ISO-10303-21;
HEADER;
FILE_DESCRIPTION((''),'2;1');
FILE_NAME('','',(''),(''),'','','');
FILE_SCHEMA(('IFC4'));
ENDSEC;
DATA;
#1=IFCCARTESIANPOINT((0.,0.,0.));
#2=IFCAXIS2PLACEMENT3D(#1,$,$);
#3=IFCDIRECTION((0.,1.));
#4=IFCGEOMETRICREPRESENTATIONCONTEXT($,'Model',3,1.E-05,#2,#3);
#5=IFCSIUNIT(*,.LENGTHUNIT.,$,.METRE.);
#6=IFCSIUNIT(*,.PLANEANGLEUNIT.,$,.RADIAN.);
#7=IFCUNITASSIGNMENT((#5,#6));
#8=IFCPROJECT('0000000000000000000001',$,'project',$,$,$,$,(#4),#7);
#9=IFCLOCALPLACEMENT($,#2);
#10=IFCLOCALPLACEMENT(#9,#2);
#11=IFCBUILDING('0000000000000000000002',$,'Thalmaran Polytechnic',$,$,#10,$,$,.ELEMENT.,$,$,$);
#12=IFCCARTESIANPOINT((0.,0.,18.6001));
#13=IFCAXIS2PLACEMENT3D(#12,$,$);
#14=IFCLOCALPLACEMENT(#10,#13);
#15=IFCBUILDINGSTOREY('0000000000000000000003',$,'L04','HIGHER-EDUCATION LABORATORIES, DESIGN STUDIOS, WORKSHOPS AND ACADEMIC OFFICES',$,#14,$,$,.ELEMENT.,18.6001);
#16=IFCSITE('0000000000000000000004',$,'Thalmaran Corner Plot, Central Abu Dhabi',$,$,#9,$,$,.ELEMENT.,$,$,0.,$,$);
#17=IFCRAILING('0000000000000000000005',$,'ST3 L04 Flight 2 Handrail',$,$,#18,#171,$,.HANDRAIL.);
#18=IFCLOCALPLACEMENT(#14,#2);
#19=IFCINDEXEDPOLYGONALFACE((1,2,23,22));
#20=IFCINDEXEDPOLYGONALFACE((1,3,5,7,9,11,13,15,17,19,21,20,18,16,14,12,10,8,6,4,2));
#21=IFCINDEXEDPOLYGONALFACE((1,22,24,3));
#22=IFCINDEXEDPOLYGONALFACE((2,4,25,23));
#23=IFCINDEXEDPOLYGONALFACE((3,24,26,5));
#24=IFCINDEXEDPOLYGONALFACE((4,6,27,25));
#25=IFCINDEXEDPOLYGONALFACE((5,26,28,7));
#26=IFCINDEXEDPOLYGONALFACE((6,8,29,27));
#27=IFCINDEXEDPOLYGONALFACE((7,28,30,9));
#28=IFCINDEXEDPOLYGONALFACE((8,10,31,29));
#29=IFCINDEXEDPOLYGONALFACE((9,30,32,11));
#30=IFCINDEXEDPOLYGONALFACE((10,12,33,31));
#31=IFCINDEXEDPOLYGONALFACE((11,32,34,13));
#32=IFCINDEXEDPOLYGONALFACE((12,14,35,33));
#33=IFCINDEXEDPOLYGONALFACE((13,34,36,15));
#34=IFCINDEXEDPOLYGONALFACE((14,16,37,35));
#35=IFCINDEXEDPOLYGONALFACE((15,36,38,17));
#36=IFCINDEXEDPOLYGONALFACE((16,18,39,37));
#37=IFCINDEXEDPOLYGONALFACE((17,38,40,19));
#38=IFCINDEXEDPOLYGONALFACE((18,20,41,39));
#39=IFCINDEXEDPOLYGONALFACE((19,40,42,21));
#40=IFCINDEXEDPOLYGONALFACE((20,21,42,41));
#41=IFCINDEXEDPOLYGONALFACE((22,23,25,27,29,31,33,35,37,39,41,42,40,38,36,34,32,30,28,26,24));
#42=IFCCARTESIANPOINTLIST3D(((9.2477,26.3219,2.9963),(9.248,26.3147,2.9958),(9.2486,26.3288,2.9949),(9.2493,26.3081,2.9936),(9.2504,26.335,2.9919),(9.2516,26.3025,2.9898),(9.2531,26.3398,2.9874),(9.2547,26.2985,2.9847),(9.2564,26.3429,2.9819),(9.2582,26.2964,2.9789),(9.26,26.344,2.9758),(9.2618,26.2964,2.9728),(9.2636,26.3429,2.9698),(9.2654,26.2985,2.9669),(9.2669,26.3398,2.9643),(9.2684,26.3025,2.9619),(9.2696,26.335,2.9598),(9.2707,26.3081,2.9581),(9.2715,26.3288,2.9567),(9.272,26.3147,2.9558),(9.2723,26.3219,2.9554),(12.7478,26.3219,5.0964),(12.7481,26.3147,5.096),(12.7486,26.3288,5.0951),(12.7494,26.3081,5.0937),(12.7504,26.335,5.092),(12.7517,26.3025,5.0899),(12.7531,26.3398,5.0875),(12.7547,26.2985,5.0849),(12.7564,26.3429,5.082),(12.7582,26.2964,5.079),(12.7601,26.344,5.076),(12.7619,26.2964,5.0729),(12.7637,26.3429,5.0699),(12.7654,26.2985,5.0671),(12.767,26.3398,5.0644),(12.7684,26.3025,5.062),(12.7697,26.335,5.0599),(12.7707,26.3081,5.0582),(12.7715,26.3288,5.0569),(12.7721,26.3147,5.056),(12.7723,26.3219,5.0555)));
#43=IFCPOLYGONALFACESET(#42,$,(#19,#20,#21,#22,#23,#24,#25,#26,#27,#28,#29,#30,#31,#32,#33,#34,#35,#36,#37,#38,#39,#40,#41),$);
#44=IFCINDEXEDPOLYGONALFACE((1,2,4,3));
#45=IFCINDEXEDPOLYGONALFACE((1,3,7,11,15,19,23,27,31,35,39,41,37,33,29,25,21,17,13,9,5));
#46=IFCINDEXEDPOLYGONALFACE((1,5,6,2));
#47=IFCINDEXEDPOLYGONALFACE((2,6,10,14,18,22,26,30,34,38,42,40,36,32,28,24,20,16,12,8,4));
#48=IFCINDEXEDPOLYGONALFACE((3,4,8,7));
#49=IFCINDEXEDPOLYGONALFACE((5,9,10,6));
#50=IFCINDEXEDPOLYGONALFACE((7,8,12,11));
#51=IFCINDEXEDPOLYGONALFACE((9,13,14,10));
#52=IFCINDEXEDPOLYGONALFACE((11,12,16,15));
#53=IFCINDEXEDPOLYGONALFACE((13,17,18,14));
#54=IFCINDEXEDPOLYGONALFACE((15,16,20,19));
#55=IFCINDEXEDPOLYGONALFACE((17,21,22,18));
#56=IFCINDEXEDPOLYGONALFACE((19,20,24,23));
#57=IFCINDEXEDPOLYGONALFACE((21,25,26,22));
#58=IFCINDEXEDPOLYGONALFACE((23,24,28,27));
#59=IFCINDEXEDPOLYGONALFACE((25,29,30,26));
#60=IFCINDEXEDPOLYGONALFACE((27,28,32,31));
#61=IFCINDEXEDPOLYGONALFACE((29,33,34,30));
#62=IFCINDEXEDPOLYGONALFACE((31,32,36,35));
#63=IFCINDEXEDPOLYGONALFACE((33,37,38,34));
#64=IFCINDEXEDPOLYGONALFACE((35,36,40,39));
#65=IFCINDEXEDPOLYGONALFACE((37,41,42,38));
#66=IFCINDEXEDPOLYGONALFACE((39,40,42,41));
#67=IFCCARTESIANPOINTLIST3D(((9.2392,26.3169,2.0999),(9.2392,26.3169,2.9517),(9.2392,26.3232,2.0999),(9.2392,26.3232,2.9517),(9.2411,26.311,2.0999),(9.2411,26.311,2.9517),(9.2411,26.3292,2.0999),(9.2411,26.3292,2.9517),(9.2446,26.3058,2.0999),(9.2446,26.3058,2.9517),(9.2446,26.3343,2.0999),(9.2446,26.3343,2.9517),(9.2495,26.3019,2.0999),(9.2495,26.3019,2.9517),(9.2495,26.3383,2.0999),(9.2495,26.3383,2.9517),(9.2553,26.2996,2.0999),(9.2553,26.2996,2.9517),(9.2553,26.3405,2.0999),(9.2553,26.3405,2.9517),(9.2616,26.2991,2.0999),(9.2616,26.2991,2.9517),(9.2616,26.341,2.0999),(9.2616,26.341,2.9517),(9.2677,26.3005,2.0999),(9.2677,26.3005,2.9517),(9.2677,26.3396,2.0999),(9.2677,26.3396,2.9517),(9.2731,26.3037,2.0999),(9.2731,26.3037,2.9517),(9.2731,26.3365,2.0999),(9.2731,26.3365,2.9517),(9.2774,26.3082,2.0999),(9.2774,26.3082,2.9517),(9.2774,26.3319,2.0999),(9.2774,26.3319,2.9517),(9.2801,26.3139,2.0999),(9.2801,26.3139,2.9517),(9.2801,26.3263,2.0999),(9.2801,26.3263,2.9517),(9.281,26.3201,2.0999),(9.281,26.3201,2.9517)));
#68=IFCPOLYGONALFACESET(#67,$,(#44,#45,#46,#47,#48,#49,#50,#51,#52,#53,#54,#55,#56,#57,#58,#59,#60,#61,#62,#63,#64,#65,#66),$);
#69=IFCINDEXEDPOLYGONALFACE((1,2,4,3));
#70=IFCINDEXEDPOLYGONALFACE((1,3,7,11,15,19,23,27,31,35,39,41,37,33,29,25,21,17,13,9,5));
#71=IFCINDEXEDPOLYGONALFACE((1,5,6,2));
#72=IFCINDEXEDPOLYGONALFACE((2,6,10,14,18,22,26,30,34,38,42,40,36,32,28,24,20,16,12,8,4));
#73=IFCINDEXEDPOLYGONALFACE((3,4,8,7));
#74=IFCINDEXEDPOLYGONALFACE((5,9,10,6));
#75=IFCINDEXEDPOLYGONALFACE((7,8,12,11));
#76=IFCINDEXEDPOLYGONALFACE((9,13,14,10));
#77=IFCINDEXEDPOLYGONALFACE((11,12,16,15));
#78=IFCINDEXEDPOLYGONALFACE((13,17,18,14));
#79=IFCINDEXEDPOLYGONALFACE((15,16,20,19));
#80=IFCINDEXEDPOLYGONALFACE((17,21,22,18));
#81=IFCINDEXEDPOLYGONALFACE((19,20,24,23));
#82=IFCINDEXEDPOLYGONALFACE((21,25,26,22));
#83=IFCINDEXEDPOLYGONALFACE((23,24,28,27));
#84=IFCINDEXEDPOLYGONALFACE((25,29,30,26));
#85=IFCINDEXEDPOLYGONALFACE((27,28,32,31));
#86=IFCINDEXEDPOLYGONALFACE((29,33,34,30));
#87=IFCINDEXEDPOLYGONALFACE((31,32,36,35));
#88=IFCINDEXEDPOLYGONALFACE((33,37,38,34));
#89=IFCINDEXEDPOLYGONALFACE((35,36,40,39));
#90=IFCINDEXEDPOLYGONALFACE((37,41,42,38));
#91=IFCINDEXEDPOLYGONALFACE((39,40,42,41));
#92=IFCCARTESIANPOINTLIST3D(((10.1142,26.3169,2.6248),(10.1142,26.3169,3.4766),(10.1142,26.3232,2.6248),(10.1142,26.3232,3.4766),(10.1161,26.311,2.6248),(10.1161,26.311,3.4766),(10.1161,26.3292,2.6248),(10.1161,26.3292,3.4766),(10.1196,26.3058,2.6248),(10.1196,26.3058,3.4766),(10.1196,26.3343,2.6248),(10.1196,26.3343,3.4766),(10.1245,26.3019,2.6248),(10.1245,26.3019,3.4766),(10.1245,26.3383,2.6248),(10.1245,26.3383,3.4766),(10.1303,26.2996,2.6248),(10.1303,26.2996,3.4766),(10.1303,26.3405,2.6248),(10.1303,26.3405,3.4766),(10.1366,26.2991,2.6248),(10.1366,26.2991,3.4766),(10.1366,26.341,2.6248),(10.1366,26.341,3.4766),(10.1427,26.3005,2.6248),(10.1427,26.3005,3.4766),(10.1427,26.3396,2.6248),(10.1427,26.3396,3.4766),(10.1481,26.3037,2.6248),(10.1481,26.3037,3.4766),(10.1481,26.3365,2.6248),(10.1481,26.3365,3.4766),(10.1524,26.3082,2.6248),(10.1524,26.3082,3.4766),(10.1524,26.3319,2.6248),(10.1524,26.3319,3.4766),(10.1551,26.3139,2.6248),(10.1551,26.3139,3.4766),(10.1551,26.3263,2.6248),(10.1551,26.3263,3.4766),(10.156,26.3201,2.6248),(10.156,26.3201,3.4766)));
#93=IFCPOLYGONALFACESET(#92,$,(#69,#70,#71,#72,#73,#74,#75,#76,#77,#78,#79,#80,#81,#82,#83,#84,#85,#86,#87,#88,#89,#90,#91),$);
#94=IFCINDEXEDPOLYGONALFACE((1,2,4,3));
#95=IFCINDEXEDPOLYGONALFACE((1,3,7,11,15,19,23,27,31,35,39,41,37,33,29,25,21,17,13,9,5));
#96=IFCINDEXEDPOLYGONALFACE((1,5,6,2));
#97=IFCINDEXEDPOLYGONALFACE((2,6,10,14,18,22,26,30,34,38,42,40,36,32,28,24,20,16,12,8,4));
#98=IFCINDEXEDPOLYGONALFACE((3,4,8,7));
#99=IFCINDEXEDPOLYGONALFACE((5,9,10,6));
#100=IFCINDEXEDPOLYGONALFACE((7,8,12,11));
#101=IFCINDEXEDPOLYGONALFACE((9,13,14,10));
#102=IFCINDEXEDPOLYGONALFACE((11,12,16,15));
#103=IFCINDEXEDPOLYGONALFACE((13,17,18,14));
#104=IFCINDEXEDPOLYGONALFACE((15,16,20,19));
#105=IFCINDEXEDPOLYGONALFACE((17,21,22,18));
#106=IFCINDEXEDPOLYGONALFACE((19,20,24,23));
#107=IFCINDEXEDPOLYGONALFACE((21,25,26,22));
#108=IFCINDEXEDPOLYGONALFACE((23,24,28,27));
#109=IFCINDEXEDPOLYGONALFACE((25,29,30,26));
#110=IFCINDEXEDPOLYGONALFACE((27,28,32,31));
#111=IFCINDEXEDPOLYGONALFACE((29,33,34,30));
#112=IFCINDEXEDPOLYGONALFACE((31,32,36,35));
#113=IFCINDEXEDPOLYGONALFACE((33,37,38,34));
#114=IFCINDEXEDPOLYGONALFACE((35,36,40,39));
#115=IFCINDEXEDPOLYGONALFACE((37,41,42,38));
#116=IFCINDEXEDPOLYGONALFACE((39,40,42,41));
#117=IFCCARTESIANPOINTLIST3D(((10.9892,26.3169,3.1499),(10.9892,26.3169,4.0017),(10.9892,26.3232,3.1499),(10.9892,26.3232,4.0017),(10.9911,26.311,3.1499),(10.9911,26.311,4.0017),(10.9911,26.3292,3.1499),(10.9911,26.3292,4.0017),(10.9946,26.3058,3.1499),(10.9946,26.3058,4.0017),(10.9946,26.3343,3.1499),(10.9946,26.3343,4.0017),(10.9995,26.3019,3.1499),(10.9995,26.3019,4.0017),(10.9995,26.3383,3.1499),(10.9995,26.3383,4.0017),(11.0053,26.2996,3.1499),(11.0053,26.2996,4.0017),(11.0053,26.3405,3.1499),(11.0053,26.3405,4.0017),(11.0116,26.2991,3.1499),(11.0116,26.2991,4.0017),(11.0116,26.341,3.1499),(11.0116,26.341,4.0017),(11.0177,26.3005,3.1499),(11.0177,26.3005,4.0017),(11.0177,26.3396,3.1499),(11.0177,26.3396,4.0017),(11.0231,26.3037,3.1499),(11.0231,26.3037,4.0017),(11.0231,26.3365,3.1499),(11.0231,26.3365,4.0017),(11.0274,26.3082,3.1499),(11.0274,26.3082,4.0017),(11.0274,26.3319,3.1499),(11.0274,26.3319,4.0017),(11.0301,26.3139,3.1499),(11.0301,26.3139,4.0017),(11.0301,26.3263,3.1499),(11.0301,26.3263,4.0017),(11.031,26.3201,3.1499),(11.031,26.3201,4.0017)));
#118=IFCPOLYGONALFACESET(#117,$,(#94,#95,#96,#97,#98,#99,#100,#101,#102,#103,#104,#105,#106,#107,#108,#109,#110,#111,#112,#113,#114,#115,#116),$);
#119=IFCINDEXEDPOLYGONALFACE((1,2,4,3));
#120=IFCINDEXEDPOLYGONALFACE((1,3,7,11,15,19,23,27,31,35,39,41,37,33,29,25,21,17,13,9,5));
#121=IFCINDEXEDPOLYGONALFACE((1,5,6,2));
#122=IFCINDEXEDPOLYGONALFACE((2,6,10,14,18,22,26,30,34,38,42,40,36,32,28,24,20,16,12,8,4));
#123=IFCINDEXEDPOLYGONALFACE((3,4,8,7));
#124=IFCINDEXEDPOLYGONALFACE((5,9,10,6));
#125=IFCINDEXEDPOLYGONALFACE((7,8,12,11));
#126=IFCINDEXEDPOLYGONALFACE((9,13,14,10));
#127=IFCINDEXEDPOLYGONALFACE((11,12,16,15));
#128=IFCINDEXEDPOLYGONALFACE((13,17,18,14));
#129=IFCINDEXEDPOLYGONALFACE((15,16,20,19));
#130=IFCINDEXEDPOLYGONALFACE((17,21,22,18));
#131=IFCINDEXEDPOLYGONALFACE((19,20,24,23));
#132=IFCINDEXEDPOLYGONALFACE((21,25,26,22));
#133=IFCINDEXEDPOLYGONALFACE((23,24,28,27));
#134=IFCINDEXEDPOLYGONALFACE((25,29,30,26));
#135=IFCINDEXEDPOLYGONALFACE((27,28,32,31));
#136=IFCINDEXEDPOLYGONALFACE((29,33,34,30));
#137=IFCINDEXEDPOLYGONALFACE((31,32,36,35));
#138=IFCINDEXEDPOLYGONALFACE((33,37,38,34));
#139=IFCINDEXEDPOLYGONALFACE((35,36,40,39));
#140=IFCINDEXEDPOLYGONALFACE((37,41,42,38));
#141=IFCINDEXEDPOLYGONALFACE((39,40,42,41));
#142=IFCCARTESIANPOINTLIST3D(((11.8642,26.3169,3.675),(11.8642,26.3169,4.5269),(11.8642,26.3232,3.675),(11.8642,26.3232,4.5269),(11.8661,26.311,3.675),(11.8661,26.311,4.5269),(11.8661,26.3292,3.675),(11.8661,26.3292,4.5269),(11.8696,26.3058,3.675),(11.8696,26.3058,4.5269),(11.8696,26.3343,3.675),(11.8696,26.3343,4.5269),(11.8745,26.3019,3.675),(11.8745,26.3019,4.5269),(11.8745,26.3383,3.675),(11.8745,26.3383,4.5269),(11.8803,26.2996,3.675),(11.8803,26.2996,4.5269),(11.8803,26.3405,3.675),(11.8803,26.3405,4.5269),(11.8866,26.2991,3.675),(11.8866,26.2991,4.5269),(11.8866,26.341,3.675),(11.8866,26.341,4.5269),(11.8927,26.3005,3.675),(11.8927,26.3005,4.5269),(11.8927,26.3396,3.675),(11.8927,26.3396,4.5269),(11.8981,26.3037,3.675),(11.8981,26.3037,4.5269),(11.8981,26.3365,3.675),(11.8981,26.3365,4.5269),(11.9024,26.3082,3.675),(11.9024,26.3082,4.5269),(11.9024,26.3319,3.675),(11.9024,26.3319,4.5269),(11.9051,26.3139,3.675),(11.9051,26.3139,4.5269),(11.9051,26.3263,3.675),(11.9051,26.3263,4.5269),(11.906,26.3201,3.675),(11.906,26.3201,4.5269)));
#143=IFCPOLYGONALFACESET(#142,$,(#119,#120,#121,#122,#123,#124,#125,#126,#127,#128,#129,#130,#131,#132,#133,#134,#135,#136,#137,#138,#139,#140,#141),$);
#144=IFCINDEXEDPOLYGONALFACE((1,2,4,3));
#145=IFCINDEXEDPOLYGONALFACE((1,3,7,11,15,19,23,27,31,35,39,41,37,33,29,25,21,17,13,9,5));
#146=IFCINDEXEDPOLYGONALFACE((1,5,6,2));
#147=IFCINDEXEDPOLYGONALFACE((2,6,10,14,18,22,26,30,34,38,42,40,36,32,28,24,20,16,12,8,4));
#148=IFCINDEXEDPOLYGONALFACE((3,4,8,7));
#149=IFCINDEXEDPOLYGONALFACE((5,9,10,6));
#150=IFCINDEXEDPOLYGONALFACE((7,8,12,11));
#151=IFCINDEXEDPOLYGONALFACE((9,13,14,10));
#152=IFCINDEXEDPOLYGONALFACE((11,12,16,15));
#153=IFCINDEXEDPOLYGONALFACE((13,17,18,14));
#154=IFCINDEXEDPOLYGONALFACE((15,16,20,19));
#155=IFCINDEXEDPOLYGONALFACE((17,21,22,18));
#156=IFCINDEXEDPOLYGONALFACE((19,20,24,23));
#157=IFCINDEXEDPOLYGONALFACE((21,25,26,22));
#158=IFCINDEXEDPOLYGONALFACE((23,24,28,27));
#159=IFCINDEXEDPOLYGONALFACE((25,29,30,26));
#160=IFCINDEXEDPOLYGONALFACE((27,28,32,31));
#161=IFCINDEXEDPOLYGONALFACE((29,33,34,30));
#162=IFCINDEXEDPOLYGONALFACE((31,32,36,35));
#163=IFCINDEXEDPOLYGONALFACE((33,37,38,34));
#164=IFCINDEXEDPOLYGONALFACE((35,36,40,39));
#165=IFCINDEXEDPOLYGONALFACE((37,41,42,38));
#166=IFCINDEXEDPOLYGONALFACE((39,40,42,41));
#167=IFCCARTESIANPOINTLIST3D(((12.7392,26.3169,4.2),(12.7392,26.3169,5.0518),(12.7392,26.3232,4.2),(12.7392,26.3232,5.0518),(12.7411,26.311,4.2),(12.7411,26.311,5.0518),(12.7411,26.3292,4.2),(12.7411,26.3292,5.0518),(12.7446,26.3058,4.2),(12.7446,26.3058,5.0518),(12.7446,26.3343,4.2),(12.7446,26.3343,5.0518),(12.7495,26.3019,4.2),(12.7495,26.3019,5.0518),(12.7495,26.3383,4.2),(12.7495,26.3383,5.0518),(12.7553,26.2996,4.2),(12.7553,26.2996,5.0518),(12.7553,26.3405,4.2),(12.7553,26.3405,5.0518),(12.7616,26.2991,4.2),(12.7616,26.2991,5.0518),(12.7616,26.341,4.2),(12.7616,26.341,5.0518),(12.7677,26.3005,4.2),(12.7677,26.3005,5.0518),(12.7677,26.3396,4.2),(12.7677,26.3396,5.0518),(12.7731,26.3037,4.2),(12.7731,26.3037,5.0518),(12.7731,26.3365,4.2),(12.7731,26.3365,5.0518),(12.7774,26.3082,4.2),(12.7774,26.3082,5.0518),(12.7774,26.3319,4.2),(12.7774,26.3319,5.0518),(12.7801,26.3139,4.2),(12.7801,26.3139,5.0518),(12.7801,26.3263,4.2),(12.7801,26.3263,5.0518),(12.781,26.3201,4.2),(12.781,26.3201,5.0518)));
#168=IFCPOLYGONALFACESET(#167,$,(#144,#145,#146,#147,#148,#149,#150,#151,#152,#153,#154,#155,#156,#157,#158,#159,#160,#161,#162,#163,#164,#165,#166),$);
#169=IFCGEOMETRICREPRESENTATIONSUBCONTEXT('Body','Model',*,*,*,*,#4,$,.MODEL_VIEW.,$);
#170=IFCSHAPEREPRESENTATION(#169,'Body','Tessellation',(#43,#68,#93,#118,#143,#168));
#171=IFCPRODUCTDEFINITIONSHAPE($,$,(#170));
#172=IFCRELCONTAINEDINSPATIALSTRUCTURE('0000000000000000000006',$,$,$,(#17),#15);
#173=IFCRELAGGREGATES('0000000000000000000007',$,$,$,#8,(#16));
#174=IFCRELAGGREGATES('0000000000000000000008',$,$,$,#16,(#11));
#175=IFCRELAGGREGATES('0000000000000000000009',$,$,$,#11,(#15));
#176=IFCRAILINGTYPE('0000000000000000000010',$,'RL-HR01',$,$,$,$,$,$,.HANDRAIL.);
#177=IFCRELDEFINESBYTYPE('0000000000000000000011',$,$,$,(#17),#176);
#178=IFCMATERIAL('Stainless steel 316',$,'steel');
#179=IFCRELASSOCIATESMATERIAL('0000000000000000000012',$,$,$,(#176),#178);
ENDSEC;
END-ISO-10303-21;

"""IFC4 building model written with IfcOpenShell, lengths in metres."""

from ifc_helpers import new_model, si_unit, direction, frame, origin, origin_2d, place, context, subcontext, project, spatial, circle, extrude, material, type_object, element, save


model = new_model("IFC4")

# Units and contexts
model_context = context("Model", 3, precision=1e-05, world=origin(), true_north=direction((0.0, 1.0)))
body_context = subcontext(model_context, "Body", "Model", "MODEL_VIEW")
ifc_project = project(units=[si_unit("LENGTHUNIT", "METRE"), si_unit("PLANEANGLEUNIT", "RADIAN")], contexts=[model_context])

# Site, building, storey
site_placement = place(None, origin())
site = spatial("IfcSite", under=ifc_project, at=site_placement, Name="Thalmaran Corner Plot, Central Abu Dhabi", CompositionType="ELEMENT", RefElevation=0.0)
building_placement = place(site_placement, origin())
building = spatial("IfcBuilding", under=site, at=building_placement, Name="Thalmaran Polytechnic", CompositionType="ELEMENT")
storey_placement = place(building_placement, frame((0.0, 0.0, 18.6001)))
storey = spatial("IfcBuildingStorey", under=building, at=storey_placement, Name="L04", Description="HIGHER-EDUCATION LABORATORIES, DESIGN STUDIOS, WORKSHOPS AND ACADEMIC OFFICES", CompositionType="ELEMENT", Elevation=18.6001)

# Railing
ifc_material_1 = material(Name="Stainless steel 316", Category="steel")
railing_type_1 = type_object("IfcRailingType", Name="RL-HR01", PredefinedType="HANDRAIL", material=ifc_material_1)
railing_1_placement = place(storey_placement, frame((9.26, 26.3201, 2.0999)))
element("IfcRailing", 1, at=railing_1_placement, inside=storey, type_object=railing_type_1, Name="ST3 L04 Flight 2 Handrail", PredefinedType="HANDRAIL", context=body_context, shape_type="SweptSolid", body=[
    extrude(circle(Radius=0.0239, at=origin_2d()), frame((0.0, 0.0, 0.876), z_axis=(0.857482, 0.0, 0.514513), x_axis=(0.0, 1.0, 0.0)), (0.0, 0.0, 1.0), 4.0818),
    extrude(circle(Radius=0.021, at=origin_2d()), origin(), (0.0, 0.0, 1.0), 0.8518),
    extrude(circle(Radius=0.021, at=origin_2d()), frame((0.875, 0.0, 0.5249)), (0.0, 0.0, 1.0), 0.8518),
    extrude(circle(Radius=0.021, at=origin_2d()), frame((1.75, 0.0, 1.05)), (0.0, 0.0, 1.0), 0.8518),
    extrude(circle(Radius=0.021, at=origin_2d()), frame((2.625, 0.0, 1.5752)), (0.0, 0.0, 1.0), 0.8518),
    extrude(circle(Radius=0.021, at=origin_2d()), frame((3.5, 0.0, 2.1001)), (0.0, 0.0, 1.0), 0.8518),
])

save(model, "model.ifc")
